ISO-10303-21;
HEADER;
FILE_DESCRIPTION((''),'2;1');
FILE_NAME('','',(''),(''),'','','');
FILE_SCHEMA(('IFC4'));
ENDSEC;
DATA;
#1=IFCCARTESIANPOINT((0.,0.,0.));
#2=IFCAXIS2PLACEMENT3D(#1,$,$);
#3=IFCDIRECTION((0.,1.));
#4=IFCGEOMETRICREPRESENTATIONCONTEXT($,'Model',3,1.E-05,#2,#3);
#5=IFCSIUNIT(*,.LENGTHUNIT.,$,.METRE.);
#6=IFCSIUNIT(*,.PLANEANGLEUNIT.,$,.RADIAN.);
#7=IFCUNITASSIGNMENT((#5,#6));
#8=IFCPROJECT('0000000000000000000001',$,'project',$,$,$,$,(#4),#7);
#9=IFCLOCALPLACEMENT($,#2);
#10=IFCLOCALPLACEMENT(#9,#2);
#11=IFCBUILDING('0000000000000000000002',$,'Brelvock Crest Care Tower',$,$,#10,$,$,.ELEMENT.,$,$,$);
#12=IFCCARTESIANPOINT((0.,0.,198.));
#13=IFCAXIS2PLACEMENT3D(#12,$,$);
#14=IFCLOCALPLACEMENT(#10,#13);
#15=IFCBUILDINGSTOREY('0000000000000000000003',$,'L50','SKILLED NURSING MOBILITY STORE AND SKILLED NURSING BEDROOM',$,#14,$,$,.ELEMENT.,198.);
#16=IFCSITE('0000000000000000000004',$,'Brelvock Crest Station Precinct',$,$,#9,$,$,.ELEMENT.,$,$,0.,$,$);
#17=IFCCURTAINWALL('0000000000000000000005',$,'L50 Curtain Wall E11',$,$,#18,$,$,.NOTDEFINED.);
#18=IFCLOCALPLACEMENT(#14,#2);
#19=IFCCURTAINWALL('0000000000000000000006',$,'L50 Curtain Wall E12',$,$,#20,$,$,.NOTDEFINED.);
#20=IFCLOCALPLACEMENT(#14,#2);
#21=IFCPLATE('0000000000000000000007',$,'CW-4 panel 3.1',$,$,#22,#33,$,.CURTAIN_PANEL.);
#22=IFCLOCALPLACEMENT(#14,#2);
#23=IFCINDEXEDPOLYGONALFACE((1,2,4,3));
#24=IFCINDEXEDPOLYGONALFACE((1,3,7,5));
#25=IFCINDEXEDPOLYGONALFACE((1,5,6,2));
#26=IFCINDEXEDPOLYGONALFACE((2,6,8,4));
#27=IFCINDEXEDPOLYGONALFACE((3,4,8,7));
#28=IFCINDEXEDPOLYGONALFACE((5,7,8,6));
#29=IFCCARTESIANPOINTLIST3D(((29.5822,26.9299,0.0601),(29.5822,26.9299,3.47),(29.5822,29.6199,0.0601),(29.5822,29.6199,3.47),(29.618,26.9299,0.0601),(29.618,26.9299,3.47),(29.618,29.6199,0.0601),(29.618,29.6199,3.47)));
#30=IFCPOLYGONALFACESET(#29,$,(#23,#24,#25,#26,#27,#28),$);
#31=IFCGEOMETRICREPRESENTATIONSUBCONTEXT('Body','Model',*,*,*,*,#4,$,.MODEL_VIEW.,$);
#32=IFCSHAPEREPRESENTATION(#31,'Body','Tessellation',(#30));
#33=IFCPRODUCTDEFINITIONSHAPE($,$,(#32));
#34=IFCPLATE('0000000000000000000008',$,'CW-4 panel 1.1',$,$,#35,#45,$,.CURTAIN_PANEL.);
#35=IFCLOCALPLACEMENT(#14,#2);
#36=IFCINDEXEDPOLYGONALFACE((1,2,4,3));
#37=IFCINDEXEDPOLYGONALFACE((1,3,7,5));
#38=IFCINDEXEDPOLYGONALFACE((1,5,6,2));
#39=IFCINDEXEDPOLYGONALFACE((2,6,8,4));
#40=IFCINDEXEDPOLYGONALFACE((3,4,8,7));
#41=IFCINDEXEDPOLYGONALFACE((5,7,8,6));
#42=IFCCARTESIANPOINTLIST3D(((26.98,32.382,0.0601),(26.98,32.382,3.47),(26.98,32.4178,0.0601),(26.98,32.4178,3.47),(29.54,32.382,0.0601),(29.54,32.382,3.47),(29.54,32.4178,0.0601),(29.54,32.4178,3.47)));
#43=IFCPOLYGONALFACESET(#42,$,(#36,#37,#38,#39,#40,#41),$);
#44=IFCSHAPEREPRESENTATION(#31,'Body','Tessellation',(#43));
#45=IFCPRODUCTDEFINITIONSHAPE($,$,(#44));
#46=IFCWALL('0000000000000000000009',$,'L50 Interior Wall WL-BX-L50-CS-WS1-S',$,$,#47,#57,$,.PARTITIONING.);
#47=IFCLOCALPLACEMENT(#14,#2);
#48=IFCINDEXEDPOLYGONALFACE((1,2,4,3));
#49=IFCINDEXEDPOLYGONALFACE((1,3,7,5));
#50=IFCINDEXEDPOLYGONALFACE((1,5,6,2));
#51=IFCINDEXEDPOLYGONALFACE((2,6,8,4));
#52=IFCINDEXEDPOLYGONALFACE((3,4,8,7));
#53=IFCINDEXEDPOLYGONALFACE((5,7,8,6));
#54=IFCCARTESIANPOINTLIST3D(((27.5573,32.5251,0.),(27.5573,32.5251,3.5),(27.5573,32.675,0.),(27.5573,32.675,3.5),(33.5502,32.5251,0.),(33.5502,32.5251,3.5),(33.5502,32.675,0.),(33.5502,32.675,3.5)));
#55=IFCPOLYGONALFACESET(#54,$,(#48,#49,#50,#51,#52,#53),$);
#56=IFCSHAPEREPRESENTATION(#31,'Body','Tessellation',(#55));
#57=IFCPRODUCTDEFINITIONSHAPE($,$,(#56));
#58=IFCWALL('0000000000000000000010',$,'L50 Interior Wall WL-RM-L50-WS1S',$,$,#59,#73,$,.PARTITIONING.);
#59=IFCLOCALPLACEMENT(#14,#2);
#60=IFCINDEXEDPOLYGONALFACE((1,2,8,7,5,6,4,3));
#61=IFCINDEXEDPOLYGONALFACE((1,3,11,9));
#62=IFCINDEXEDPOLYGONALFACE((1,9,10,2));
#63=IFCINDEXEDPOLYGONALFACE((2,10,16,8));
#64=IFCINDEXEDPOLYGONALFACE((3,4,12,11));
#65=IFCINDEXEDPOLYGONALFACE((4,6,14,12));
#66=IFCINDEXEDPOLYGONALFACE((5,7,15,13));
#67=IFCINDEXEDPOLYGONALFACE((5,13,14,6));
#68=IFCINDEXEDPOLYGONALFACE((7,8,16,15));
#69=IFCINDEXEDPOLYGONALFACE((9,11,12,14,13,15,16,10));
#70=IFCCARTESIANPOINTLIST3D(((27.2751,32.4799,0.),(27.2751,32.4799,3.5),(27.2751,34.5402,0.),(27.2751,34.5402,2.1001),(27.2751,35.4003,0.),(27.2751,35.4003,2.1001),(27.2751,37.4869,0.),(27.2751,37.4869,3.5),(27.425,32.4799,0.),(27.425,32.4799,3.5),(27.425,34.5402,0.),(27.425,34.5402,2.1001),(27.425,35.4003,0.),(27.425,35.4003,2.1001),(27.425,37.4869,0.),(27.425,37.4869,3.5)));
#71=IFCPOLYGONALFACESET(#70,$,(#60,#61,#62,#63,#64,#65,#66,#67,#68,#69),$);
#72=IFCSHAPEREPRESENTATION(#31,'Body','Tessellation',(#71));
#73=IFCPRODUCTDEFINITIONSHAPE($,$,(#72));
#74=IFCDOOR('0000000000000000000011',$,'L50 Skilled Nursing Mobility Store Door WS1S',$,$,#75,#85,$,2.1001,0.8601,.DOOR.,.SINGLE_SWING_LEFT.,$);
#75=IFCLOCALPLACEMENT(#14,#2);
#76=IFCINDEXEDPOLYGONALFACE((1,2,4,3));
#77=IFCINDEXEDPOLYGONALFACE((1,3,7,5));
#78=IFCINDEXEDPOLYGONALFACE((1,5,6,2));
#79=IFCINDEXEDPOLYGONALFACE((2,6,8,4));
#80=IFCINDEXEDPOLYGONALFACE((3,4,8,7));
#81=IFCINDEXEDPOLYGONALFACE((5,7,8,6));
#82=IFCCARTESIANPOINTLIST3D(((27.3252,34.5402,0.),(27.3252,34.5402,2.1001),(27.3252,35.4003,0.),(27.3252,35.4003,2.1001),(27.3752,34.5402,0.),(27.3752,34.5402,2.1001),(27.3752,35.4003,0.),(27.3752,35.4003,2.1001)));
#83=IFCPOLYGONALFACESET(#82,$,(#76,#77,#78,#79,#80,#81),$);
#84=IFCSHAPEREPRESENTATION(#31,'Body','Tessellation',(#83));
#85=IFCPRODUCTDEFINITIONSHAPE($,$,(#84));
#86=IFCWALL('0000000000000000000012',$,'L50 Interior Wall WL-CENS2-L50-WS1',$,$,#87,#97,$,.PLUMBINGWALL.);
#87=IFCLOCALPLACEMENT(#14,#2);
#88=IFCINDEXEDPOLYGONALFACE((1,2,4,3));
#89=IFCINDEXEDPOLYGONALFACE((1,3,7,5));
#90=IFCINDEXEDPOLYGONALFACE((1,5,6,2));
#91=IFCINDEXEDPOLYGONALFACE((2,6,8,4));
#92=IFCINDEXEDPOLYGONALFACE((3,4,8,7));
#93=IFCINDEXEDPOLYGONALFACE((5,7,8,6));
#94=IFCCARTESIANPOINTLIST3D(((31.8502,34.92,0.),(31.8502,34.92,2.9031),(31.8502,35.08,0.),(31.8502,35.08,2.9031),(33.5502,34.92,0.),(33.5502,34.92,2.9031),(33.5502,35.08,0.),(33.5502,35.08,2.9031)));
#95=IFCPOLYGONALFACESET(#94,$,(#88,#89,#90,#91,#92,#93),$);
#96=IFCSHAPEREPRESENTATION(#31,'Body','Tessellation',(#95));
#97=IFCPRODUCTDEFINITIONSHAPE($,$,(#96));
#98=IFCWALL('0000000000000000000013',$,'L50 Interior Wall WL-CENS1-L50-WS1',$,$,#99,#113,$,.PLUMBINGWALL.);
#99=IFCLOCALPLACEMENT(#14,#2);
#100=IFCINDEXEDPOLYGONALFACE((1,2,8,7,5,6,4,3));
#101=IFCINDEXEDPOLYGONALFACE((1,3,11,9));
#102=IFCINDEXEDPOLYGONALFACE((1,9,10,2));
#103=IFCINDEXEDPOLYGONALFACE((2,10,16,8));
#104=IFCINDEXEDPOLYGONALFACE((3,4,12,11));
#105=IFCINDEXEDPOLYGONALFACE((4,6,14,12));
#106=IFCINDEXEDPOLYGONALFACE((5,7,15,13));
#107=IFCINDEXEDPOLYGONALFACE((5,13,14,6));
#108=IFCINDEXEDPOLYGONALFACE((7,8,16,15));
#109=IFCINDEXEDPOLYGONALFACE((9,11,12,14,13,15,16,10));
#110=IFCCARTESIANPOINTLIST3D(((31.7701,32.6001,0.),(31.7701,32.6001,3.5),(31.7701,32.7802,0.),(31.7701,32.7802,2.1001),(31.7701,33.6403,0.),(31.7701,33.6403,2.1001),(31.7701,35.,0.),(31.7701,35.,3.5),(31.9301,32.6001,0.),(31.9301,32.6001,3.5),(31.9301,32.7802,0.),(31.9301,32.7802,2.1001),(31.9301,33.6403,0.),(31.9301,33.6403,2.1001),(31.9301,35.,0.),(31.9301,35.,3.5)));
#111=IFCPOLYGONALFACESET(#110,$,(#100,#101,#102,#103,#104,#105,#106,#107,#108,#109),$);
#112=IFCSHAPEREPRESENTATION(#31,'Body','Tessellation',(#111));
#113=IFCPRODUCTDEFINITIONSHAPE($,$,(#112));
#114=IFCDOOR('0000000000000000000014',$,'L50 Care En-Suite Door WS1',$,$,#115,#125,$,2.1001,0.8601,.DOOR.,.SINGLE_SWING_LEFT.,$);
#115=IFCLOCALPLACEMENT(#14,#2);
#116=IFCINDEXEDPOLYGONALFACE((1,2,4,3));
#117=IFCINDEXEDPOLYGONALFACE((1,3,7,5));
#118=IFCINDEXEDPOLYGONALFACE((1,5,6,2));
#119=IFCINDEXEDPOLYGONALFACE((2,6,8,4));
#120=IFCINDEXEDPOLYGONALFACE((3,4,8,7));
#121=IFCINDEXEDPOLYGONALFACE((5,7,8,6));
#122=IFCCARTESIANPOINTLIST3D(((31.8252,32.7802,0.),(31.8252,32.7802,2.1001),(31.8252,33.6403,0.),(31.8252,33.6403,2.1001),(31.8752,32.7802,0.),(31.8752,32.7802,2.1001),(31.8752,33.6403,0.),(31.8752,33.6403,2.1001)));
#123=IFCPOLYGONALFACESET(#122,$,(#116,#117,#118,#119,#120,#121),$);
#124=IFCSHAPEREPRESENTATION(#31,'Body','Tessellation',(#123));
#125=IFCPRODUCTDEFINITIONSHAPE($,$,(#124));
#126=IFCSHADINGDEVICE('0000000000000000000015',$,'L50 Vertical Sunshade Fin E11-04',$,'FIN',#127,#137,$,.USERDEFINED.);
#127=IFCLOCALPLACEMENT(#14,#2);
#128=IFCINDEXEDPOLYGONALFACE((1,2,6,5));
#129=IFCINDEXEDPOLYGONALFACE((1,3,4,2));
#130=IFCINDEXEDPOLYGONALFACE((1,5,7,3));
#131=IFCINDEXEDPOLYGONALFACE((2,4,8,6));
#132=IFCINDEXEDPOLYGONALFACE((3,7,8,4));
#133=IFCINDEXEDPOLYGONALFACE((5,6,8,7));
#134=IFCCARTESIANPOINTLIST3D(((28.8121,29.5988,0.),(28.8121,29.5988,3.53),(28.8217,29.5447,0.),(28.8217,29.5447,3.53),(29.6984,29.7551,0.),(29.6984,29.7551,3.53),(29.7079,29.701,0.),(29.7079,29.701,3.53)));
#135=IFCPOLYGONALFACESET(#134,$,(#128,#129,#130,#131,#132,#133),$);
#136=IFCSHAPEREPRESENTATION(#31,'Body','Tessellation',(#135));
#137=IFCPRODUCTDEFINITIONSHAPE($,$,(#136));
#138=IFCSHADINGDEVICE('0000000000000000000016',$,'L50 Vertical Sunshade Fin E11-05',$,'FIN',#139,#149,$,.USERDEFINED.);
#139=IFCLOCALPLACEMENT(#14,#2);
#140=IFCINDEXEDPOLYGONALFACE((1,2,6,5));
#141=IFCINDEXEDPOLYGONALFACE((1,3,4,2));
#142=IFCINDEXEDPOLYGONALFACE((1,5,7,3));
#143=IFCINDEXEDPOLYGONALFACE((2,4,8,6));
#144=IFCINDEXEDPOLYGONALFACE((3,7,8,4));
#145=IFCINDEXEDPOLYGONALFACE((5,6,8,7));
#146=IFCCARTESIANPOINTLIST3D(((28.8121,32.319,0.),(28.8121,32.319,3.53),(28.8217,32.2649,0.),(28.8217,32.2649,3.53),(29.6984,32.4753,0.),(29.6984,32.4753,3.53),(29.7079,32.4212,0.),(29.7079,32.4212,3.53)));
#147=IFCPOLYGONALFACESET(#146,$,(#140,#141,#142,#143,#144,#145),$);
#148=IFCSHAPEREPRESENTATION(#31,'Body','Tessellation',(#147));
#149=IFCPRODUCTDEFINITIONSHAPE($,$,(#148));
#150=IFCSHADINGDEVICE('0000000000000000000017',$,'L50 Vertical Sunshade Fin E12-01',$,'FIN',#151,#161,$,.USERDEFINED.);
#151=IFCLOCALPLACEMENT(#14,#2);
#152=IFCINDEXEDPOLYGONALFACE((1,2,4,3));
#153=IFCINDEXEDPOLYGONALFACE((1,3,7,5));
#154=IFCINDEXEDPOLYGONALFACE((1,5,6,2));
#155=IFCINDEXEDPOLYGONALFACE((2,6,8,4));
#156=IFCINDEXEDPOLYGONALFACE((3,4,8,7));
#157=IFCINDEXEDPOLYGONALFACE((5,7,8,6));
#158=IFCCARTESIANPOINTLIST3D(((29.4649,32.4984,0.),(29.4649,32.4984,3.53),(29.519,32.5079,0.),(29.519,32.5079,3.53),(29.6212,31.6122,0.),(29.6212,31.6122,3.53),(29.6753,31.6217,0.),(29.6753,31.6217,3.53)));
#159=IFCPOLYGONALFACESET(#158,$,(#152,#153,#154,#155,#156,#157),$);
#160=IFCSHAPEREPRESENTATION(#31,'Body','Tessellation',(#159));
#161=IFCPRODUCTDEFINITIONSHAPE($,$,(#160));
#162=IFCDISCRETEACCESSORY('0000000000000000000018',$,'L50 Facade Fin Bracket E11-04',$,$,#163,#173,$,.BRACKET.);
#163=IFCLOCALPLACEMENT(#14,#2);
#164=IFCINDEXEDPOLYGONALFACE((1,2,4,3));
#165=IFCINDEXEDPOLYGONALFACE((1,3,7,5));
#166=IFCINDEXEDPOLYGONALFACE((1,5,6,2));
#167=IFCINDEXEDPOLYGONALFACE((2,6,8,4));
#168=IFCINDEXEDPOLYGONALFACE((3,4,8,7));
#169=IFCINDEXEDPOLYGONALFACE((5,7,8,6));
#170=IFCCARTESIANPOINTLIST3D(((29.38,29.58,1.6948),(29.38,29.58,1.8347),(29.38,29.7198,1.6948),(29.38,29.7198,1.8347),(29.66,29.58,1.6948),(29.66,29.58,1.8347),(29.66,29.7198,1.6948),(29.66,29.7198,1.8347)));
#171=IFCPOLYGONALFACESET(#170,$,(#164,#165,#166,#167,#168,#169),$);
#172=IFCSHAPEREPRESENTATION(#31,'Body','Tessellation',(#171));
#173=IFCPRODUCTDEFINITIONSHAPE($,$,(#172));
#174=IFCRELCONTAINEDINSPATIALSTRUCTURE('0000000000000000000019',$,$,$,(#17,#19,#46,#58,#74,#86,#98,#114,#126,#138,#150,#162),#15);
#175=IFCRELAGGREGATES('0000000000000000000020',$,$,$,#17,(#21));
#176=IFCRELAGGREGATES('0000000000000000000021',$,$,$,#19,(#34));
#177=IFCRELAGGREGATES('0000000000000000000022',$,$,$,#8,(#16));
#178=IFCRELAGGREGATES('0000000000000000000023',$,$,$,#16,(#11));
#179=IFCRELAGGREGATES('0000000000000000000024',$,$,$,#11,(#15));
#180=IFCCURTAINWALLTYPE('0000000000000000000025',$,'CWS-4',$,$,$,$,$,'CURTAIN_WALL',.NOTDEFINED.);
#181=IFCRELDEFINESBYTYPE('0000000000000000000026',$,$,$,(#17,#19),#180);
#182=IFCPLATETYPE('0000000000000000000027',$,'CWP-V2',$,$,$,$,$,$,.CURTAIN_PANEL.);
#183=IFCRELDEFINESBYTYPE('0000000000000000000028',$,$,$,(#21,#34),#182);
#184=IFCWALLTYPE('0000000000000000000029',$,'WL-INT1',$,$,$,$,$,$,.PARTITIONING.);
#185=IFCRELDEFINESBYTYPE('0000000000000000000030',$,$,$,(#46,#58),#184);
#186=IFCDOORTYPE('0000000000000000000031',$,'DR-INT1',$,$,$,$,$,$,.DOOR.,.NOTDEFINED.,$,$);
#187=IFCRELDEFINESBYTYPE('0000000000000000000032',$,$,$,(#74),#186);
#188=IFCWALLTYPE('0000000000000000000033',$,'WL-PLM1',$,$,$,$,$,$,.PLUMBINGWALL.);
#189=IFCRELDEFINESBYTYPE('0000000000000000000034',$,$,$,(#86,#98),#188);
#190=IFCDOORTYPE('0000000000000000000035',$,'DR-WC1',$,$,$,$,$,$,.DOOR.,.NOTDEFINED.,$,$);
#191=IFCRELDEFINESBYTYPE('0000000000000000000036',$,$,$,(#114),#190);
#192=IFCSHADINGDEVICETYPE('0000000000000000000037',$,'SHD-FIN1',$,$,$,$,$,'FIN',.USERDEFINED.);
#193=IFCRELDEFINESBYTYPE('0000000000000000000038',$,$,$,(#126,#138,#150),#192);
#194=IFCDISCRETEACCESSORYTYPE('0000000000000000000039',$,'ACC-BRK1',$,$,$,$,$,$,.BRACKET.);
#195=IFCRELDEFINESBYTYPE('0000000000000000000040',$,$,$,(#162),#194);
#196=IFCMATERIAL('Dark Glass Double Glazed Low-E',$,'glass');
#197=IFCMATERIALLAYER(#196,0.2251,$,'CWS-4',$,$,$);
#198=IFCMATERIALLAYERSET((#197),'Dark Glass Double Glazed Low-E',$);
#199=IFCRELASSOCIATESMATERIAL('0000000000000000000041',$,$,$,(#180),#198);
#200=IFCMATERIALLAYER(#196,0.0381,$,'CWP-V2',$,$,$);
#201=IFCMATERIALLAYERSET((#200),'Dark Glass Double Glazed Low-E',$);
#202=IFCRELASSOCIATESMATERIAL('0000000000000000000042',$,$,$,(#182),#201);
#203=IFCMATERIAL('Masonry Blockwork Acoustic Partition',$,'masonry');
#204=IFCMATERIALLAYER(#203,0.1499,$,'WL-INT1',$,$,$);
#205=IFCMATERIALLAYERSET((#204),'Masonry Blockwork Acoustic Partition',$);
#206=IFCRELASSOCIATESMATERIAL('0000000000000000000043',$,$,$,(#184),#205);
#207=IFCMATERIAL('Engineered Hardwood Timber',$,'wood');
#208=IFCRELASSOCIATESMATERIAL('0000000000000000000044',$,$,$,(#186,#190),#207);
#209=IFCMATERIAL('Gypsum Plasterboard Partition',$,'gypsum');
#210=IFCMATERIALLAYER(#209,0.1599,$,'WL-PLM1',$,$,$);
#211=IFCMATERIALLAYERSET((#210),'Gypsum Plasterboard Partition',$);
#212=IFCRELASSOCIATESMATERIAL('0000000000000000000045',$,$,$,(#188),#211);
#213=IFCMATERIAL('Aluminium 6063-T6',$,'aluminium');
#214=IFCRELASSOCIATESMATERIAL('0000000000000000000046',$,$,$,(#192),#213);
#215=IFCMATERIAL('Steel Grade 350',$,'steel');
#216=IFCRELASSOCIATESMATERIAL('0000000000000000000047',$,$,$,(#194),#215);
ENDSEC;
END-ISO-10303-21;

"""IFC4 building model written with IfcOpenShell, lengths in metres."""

from ifc_helpers import new_model, si_unit, direction, frame, frame_2d, origin, origin_2d, place, context, subcontext, project, spatial, rectangle, extrude, source, transform, mapped, material, layer, layer_set, material_profile, profile_set, type_object, element, fill, aggregate, save


model = new_model("IFC4")

# Units and contexts
model_context = context("Model", 3, precision=1e-05, world=origin(), true_north=direction((0.0, 1.0)))
body_context = subcontext(model_context, "Body", "Model", "MODEL_VIEW")
ifc_project = project(units=[si_unit("LENGTHUNIT", "METRE"), si_unit("PLANEANGLEUNIT", "RADIAN")], contexts=[model_context])

# Site, building, storey
site_placement = place(None, origin())
site = spatial("IfcSite", under=ifc_project, at=site_placement, Name="Brelvock Crest Station Precinct", CompositionType="ELEMENT", RefElevation=0.0)
building_placement = place(site_placement, origin())
building = spatial("IfcBuilding", under=site, at=building_placement, Name="Brelvock Crest Care Tower", CompositionType="ELEMENT")
storey_placement = place(building_placement, frame((0.0, 0.0, 198.0)))
storey = spatial("IfcBuildingStorey", under=building, at=storey_placement, Name="L50", Description="SKILLED NURSING MOBILITY STORE AND SKILLED NURSING BEDROOM", CompositionType="ELEMENT", Elevation=198.0)

# Shared definitions
ifc_material_1 = material(Name="Steel Grade 350", Category="steel")

# Curtain wall
ifc_material_2 = material(Name="Dark Glass Double Glazed Low-E", Category="glass")
ifc_layer_1 = layer(ifc_material_2, 0.2251, Name="CWS-4")
ifc_layer_set_1 = layer_set([ifc_layer_1], Name="Dark Glass Double Glazed Low-E")
curtain_wall_type = type_object("IfcCurtainWallType", Name="CWS-4", ElementType="CURTAIN_WALL", PredefinedType="NOTDEFINED", material=ifc_layer_set_1)
curtain_wall_1_placement = place(storey_placement, origin())
curtain_wall_1 = element("IfcCurtainWall", 1, at=curtain_wall_1_placement, inside=storey, type_object=curtain_wall_type, Name="L50 Curtain Wall E11", PredefinedType="NOTDEFINED")
ifc_material_3 = material(Name="Aluminium 6063-T6", Category="aluminium")

# Curtain wall
curtain_wall_2_placement = place(storey_placement, origin())
curtain_wall_2 = element("IfcCurtainWall", 2, at=curtain_wall_2_placement, inside=storey, type_object=curtain_wall_type, Name="L50 Curtain Wall E12", PredefinedType="NOTDEFINED")

# Plates
ifc_layer_2 = layer(ifc_material_2, 0.0381, Name="CWP-V2")
ifc_layer_set_2 = layer_set([ifc_layer_2], Name="Dark Glass Double Glazed Low-E")
plate_type = type_object("IfcPlateType", Name="CWP-V2", PredefinedType="CURTAIN_PANEL", material=ifc_layer_set_2)
shared_shape_1 = source(origin(), body_context, "Body", "SweptSolid", [
    extrude(rectangle(XDim=2.6899, YDim=0.0359, at=origin_2d()), origin(), (0.0, 0.0, 1.0), 3.4099),
])
plate_1_placement = place(storey_placement, frame((29.6001, 28.2749, 0.0601), z_axis=(0.0, 0.0, 1.0), x_axis=(0.0, 1.0, 0.0)))
plate_1 = element("IfcPlate", 3, at=plate_1_placement, type_object=plate_type, Name="CW-4 panel 3.1", PredefinedType="CURTAIN_PANEL", context=body_context, shape_type="MappedRepresentation", body=[
    mapped(shared_shape_1, transform((0.0, 0.0, 0.0), x_axis=(1.0, 0.0, 0.0), y_axis=(0.0, 1.0, 0.0), z_axis=(0.0, 0.0, 1.0), scale=1.0)),
])
aggregate(curtain_wall_1, [plate_1])
shared_shape_2 = source(origin(), body_context, "Body", "SweptSolid", [
    extrude(rectangle(XDim=2.5601, YDim=0.0359, at=origin_2d()), origin(), (0.0, 0.0, 1.0), 3.4099),
])
plate_2_placement = place(storey_placement, frame((28.26, 32.3999, 0.0601), z_axis=(0.0, 0.0, 1.0), x_axis=(-1.0, 0.0, 0.0)))
plate_2 = element("IfcPlate", 4, at=plate_2_placement, type_object=plate_type, Name="CW-4 panel 1.1", PredefinedType="CURTAIN_PANEL", context=body_context, shape_type="MappedRepresentation", body=[
    mapped(shared_shape_2, transform((0.0, 0.0, 0.0), x_axis=(1.0, 0.0, 0.0), y_axis=(0.0, 1.0, 0.0), z_axis=(0.0, 0.0, 1.0), scale=1.0)),
])
aggregate(curtain_wall_2, [plate_2])

# Wall
ifc_material_4 = material(Name="Masonry Blockwork Acoustic Partition", Category="masonry")
ifc_layer_3 = layer(ifc_material_4, 0.1499, Name="WL-INT1")
ifc_layer_set_3 = layer_set([ifc_layer_3], Name="Masonry Blockwork Acoustic Partition")
wall_type_1 = type_object("IfcWallType", Name="WL-INT1", PredefinedType="PARTITIONING", material=ifc_layer_set_3)
wall_1_placement = place(storey_placement, frame((27.5571, 32.6001, 0.0), z_axis=(0.0, 0.0, 1.0), x_axis=(1.0, 0.0, 0.0)))
element("IfcWall", 5, at=wall_1_placement, inside=storey, type_object=wall_type_1, Name="L50 Interior Wall WL-BX-L50-CS-WS1-S", PredefinedType="PARTITIONING", context=body_context, shape_type="SweptSolid", body=[
    extrude(rectangle(XDim=5.9929, YDim=0.1499, at=frame_2d((2.9966, 0.0))), origin(), (0.0, 0.0, 1.0), 3.5),
])

# Wall, opening, door
wall_2_placement = place(storey_placement, frame((27.3501, 32.48, 0.0), z_axis=(0.0, 0.0, 1.0), x_axis=(0.0, 1.0, 0.0)))
wall_2 = element("IfcWall", 6, at=wall_2_placement, inside=storey, type_object=wall_type_1, Name="L50 Interior Wall WL-RM-L50-WS1S", PredefinedType="PARTITIONING", context=body_context, shape_type="SweptSolid", body=[
    extrude(rectangle(XDim=5.0071, YDim=0.1499, at=frame_2d((2.5034, 0.0))), origin(), (0.0, 0.0, 1.0), 3.5),
])
opening_1_placement = place(wall_2_placement, frame((2.0601, 0.0, 0.0)))
opening_1 = element("IfcOpeningElement", 7, at=opening_1_placement, cuts=wall_2, PredefinedType="OPENING", context=body_context, shape_type="SweptSolid", body=[
    extrude(rectangle(XDim=0.8601, YDim=2.1001, at=origin_2d()), frame((0.4302, 0.085, 1.05), z_axis=(0.0, -1.0, 0.0), x_axis=(1.0, 0.0, 0.0)), (0.0, 0.0, 1.0), 0.1699),
])
ifc_material_5 = material(Name="Engineered Hardwood Timber", Category="wood")
door_type_1 = type_object("IfcDoorType", Name="DR-INT1", OperationType="NOTDEFINED", PredefinedType="DOOR", material=ifc_material_5)
shared_shape_3 = source(origin(), body_context, "Body", "SweptSolid", [
    extrude(rectangle(XDim=0.8601, YDim=2.1001, at=origin_2d()), frame((0.4302, 0.0249, 1.05), z_axis=(0.0, -1.0, 0.0), x_axis=(1.0, 0.0, 0.0)), (0.0, 0.0, 1.0), 0.05),
])
door_1_placement = place(opening_1_placement, origin())
door_1 = element("IfcDoor", 8, at=door_1_placement, inside=storey, type_object=door_type_1, Name="L50 Skilled Nursing Mobility Store Door WS1S", OperationType="SINGLE_SWING_LEFT", OverallHeight=2.1001, OverallWidth=0.8601, PredefinedType="DOOR", context=body_context, shape_type="MappedRepresentation", body=[
    mapped(shared_shape_3, transform((0.0, 0.0, 0.0), x_axis=(1.0, 0.0, 0.0), y_axis=(0.0, 1.0, 0.0), z_axis=(0.0, 0.0, 1.0), scale=1.0)),
])
fill(opening_1, door_1)

# Wall
ifc_material_6 = material(Name="Gypsum Plasterboard Partition", Category="gypsum")
ifc_layer_4 = layer(ifc_material_6, 0.1599, Name="WL-PLM1")
ifc_layer_set_4 = layer_set([ifc_layer_4], Name="Gypsum Plasterboard Partition")
wall_type_2 = type_object("IfcWallType", Name="WL-PLM1", PredefinedType="PLUMBINGWALL", material=ifc_layer_set_4)
wall_3_placement = place(storey_placement, frame((31.8501, 35.0, 0.0), z_axis=(0.0, 0.0, 1.0), x_axis=(1.0, 0.0, 0.0)))
element("IfcWall", 9, at=wall_3_placement, inside=storey, type_object=wall_type_2, Name="L50 Interior Wall WL-CENS2-L50-WS1", PredefinedType="PLUMBINGWALL", context=body_context, shape_type="SweptSolid", body=[
    extrude(rectangle(XDim=1.7, YDim=0.1599, at=frame_2d((0.8501, 0.0))), origin(), (0.0, 0.0, 1.0), 2.9031),
])

# Wall, opening, door
wall_4_placement = place(storey_placement, frame((31.8501, 32.6001, 0.0), z_axis=(0.0, 0.0, 1.0), x_axis=(0.0, 1.0, 0.0)))
wall_4 = element("IfcWall", 10, at=wall_4_placement, inside=storey, type_object=wall_type_2, Name="L50 Interior Wall WL-CENS1-L50-WS1", PredefinedType="PLUMBINGWALL", context=body_context, shape_type="SweptSolid", body=[
    extrude(rectangle(XDim=2.3999, YDim=0.1599, at=frame_2d((1.2, 0.0))), origin(), (0.0, 0.0, 1.0), 3.5),
])
opening_2_placement = place(wall_4_placement, frame((0.1799, 0.0, 0.0)))
opening_2 = element("IfcOpeningElement", 11, at=opening_2_placement, cuts=wall_4, PredefinedType="OPENING", context=body_context, shape_type="SweptSolid", body=[
    extrude(rectangle(XDim=0.8601, YDim=2.1001, at=origin_2d()), frame((0.4302, 0.0898, 1.05), z_axis=(0.0, -1.0, 0.0), x_axis=(1.0, 0.0, 0.0)), (0.0, 0.0, 1.0), 0.1799),
])
door_type_2 = type_object("IfcDoorType", Name="DR-WC1", OperationType="NOTDEFINED", PredefinedType="DOOR", material=ifc_material_5)
shared_shape_4 = source(origin(), body_context, "Body", "SweptSolid", [
    extrude(rectangle(XDim=0.8601, YDim=2.1001, at=origin_2d()), frame((0.4302, 0.0249, 1.05), z_axis=(0.0, -1.0, 0.0), x_axis=(1.0, 0.0, 0.0)), (0.0, 0.0, 1.0), 0.05),
])
door_2_placement = place(opening_2_placement, origin())
door_2 = element("IfcDoor", 12, at=door_2_placement, inside=storey, type_object=door_type_2, Name="L50 Care En-Suite Door WS1", OperationType="SINGLE_SWING_LEFT", OverallHeight=2.1001, OverallWidth=0.8601, PredefinedType="DOOR", context=body_context, shape_type="MappedRepresentation", body=[
    mapped(shared_shape_4, transform((0.0, 0.0, 0.0), x_axis=(1.0, 0.0, 0.0), y_axis=(0.0, 1.0, 0.0), z_axis=(0.0, 0.0, 1.0), scale=1.0)),
])
fill(opening_2, door_2)

# Shading devices
ifc_material_profile_1 = material_profile(ifc_material_3, rectangle(XDim=0.0549, YDim=0.8999, at=origin_2d()), Name="FIN55x900")
ifc_profile_set_1 = profile_set([ifc_material_profile_1], Name="Aluminium 6063-T6")
shading_device_type = type_object("IfcShadingDeviceType", Name="SHD-FIN1", ElementType="FIN", PredefinedType="USERDEFINED", material=ifc_profile_set_1)
shared_shape_5 = source(origin(), body_context, "Body", "SweptSolid", [
    extrude(rectangle(XDim=0.0549, YDim=0.8999, at=origin_2d()), origin(), (0.0, 0.0, 1.0), 3.53),
])
for number, where, z_axis, x_axis, name in (
    (13, (29.26, 29.6499, 0.0), (0.0, 0.0, 1.0), (-0.173648, 0.984808, 0.0), "L50 Vertical Sunshade Fin E11-04"),
    (14, (29.26, 32.3701, 0.0), (0.0, 0.0, 1.0), (-0.173648, 0.984808, 0.0), "L50 Vertical Sunshade Fin E11-05"),
    (15, (29.5701, 32.0601, 0.0), (0.0, 0.0, 1.0), (-0.984808, -0.173648, 0.0), "L50 Vertical Sunshade Fin E12-01"),
):
    element("IfcShadingDevice", number, at=place(storey_placement, frame(where, z_axis=z_axis, x_axis=x_axis)), inside=storey, type_object=shading_device_type, Name=name, ObjectType="FIN", PredefinedType="USERDEFINED", context=body_context, shape_type="MappedRepresentation", body=[
        mapped(shared_shape_5, transform((0.0, 0.0, 0.0), x_axis=(1.0, 0.0, 0.0), y_axis=(0.0, 1.0, 0.0), z_axis=(0.0, 0.0, 1.0), scale=1.0)),
    ])

# Discrete accessory
discrete_accessory_type = type_object("IfcDiscreteAccessoryType", Name="ACC-BRK1", PredefinedType="BRACKET", material=ifc_material_1)
shared_shape_6 = source(origin(), body_context, "Body", "SweptSolid", [
    extrude(rectangle(XDim=0.28, YDim=0.1399, at=origin_2d()), origin(), (0.0, 0.0, 1.0), 0.1399),
])
for number, where, z_axis, x_axis, name in (
    (16, (29.52, 29.6499, 1.6948), (0.0, 0.0, 1.0), (-1.0, 0.0, 0.0), "L50 Facade Fin Bracket E11-04"),
):
    element("IfcDiscreteAccessory", number, at=place(storey_placement, frame(where, z_axis=z_axis, x_axis=x_axis)), inside=storey, type_object=discrete_accessory_type, Name=name, PredefinedType="BRACKET", context=body_context, shape_type="MappedRepresentation", body=[
        mapped(shared_shape_6, transform((0.0, 0.0, 0.0), x_axis=(1.0, 0.0, 0.0), y_axis=(0.0, 1.0, 0.0), z_axis=(0.0, 0.0, 1.0), scale=1.0)),
    ])

save(model, "model.ifc")
